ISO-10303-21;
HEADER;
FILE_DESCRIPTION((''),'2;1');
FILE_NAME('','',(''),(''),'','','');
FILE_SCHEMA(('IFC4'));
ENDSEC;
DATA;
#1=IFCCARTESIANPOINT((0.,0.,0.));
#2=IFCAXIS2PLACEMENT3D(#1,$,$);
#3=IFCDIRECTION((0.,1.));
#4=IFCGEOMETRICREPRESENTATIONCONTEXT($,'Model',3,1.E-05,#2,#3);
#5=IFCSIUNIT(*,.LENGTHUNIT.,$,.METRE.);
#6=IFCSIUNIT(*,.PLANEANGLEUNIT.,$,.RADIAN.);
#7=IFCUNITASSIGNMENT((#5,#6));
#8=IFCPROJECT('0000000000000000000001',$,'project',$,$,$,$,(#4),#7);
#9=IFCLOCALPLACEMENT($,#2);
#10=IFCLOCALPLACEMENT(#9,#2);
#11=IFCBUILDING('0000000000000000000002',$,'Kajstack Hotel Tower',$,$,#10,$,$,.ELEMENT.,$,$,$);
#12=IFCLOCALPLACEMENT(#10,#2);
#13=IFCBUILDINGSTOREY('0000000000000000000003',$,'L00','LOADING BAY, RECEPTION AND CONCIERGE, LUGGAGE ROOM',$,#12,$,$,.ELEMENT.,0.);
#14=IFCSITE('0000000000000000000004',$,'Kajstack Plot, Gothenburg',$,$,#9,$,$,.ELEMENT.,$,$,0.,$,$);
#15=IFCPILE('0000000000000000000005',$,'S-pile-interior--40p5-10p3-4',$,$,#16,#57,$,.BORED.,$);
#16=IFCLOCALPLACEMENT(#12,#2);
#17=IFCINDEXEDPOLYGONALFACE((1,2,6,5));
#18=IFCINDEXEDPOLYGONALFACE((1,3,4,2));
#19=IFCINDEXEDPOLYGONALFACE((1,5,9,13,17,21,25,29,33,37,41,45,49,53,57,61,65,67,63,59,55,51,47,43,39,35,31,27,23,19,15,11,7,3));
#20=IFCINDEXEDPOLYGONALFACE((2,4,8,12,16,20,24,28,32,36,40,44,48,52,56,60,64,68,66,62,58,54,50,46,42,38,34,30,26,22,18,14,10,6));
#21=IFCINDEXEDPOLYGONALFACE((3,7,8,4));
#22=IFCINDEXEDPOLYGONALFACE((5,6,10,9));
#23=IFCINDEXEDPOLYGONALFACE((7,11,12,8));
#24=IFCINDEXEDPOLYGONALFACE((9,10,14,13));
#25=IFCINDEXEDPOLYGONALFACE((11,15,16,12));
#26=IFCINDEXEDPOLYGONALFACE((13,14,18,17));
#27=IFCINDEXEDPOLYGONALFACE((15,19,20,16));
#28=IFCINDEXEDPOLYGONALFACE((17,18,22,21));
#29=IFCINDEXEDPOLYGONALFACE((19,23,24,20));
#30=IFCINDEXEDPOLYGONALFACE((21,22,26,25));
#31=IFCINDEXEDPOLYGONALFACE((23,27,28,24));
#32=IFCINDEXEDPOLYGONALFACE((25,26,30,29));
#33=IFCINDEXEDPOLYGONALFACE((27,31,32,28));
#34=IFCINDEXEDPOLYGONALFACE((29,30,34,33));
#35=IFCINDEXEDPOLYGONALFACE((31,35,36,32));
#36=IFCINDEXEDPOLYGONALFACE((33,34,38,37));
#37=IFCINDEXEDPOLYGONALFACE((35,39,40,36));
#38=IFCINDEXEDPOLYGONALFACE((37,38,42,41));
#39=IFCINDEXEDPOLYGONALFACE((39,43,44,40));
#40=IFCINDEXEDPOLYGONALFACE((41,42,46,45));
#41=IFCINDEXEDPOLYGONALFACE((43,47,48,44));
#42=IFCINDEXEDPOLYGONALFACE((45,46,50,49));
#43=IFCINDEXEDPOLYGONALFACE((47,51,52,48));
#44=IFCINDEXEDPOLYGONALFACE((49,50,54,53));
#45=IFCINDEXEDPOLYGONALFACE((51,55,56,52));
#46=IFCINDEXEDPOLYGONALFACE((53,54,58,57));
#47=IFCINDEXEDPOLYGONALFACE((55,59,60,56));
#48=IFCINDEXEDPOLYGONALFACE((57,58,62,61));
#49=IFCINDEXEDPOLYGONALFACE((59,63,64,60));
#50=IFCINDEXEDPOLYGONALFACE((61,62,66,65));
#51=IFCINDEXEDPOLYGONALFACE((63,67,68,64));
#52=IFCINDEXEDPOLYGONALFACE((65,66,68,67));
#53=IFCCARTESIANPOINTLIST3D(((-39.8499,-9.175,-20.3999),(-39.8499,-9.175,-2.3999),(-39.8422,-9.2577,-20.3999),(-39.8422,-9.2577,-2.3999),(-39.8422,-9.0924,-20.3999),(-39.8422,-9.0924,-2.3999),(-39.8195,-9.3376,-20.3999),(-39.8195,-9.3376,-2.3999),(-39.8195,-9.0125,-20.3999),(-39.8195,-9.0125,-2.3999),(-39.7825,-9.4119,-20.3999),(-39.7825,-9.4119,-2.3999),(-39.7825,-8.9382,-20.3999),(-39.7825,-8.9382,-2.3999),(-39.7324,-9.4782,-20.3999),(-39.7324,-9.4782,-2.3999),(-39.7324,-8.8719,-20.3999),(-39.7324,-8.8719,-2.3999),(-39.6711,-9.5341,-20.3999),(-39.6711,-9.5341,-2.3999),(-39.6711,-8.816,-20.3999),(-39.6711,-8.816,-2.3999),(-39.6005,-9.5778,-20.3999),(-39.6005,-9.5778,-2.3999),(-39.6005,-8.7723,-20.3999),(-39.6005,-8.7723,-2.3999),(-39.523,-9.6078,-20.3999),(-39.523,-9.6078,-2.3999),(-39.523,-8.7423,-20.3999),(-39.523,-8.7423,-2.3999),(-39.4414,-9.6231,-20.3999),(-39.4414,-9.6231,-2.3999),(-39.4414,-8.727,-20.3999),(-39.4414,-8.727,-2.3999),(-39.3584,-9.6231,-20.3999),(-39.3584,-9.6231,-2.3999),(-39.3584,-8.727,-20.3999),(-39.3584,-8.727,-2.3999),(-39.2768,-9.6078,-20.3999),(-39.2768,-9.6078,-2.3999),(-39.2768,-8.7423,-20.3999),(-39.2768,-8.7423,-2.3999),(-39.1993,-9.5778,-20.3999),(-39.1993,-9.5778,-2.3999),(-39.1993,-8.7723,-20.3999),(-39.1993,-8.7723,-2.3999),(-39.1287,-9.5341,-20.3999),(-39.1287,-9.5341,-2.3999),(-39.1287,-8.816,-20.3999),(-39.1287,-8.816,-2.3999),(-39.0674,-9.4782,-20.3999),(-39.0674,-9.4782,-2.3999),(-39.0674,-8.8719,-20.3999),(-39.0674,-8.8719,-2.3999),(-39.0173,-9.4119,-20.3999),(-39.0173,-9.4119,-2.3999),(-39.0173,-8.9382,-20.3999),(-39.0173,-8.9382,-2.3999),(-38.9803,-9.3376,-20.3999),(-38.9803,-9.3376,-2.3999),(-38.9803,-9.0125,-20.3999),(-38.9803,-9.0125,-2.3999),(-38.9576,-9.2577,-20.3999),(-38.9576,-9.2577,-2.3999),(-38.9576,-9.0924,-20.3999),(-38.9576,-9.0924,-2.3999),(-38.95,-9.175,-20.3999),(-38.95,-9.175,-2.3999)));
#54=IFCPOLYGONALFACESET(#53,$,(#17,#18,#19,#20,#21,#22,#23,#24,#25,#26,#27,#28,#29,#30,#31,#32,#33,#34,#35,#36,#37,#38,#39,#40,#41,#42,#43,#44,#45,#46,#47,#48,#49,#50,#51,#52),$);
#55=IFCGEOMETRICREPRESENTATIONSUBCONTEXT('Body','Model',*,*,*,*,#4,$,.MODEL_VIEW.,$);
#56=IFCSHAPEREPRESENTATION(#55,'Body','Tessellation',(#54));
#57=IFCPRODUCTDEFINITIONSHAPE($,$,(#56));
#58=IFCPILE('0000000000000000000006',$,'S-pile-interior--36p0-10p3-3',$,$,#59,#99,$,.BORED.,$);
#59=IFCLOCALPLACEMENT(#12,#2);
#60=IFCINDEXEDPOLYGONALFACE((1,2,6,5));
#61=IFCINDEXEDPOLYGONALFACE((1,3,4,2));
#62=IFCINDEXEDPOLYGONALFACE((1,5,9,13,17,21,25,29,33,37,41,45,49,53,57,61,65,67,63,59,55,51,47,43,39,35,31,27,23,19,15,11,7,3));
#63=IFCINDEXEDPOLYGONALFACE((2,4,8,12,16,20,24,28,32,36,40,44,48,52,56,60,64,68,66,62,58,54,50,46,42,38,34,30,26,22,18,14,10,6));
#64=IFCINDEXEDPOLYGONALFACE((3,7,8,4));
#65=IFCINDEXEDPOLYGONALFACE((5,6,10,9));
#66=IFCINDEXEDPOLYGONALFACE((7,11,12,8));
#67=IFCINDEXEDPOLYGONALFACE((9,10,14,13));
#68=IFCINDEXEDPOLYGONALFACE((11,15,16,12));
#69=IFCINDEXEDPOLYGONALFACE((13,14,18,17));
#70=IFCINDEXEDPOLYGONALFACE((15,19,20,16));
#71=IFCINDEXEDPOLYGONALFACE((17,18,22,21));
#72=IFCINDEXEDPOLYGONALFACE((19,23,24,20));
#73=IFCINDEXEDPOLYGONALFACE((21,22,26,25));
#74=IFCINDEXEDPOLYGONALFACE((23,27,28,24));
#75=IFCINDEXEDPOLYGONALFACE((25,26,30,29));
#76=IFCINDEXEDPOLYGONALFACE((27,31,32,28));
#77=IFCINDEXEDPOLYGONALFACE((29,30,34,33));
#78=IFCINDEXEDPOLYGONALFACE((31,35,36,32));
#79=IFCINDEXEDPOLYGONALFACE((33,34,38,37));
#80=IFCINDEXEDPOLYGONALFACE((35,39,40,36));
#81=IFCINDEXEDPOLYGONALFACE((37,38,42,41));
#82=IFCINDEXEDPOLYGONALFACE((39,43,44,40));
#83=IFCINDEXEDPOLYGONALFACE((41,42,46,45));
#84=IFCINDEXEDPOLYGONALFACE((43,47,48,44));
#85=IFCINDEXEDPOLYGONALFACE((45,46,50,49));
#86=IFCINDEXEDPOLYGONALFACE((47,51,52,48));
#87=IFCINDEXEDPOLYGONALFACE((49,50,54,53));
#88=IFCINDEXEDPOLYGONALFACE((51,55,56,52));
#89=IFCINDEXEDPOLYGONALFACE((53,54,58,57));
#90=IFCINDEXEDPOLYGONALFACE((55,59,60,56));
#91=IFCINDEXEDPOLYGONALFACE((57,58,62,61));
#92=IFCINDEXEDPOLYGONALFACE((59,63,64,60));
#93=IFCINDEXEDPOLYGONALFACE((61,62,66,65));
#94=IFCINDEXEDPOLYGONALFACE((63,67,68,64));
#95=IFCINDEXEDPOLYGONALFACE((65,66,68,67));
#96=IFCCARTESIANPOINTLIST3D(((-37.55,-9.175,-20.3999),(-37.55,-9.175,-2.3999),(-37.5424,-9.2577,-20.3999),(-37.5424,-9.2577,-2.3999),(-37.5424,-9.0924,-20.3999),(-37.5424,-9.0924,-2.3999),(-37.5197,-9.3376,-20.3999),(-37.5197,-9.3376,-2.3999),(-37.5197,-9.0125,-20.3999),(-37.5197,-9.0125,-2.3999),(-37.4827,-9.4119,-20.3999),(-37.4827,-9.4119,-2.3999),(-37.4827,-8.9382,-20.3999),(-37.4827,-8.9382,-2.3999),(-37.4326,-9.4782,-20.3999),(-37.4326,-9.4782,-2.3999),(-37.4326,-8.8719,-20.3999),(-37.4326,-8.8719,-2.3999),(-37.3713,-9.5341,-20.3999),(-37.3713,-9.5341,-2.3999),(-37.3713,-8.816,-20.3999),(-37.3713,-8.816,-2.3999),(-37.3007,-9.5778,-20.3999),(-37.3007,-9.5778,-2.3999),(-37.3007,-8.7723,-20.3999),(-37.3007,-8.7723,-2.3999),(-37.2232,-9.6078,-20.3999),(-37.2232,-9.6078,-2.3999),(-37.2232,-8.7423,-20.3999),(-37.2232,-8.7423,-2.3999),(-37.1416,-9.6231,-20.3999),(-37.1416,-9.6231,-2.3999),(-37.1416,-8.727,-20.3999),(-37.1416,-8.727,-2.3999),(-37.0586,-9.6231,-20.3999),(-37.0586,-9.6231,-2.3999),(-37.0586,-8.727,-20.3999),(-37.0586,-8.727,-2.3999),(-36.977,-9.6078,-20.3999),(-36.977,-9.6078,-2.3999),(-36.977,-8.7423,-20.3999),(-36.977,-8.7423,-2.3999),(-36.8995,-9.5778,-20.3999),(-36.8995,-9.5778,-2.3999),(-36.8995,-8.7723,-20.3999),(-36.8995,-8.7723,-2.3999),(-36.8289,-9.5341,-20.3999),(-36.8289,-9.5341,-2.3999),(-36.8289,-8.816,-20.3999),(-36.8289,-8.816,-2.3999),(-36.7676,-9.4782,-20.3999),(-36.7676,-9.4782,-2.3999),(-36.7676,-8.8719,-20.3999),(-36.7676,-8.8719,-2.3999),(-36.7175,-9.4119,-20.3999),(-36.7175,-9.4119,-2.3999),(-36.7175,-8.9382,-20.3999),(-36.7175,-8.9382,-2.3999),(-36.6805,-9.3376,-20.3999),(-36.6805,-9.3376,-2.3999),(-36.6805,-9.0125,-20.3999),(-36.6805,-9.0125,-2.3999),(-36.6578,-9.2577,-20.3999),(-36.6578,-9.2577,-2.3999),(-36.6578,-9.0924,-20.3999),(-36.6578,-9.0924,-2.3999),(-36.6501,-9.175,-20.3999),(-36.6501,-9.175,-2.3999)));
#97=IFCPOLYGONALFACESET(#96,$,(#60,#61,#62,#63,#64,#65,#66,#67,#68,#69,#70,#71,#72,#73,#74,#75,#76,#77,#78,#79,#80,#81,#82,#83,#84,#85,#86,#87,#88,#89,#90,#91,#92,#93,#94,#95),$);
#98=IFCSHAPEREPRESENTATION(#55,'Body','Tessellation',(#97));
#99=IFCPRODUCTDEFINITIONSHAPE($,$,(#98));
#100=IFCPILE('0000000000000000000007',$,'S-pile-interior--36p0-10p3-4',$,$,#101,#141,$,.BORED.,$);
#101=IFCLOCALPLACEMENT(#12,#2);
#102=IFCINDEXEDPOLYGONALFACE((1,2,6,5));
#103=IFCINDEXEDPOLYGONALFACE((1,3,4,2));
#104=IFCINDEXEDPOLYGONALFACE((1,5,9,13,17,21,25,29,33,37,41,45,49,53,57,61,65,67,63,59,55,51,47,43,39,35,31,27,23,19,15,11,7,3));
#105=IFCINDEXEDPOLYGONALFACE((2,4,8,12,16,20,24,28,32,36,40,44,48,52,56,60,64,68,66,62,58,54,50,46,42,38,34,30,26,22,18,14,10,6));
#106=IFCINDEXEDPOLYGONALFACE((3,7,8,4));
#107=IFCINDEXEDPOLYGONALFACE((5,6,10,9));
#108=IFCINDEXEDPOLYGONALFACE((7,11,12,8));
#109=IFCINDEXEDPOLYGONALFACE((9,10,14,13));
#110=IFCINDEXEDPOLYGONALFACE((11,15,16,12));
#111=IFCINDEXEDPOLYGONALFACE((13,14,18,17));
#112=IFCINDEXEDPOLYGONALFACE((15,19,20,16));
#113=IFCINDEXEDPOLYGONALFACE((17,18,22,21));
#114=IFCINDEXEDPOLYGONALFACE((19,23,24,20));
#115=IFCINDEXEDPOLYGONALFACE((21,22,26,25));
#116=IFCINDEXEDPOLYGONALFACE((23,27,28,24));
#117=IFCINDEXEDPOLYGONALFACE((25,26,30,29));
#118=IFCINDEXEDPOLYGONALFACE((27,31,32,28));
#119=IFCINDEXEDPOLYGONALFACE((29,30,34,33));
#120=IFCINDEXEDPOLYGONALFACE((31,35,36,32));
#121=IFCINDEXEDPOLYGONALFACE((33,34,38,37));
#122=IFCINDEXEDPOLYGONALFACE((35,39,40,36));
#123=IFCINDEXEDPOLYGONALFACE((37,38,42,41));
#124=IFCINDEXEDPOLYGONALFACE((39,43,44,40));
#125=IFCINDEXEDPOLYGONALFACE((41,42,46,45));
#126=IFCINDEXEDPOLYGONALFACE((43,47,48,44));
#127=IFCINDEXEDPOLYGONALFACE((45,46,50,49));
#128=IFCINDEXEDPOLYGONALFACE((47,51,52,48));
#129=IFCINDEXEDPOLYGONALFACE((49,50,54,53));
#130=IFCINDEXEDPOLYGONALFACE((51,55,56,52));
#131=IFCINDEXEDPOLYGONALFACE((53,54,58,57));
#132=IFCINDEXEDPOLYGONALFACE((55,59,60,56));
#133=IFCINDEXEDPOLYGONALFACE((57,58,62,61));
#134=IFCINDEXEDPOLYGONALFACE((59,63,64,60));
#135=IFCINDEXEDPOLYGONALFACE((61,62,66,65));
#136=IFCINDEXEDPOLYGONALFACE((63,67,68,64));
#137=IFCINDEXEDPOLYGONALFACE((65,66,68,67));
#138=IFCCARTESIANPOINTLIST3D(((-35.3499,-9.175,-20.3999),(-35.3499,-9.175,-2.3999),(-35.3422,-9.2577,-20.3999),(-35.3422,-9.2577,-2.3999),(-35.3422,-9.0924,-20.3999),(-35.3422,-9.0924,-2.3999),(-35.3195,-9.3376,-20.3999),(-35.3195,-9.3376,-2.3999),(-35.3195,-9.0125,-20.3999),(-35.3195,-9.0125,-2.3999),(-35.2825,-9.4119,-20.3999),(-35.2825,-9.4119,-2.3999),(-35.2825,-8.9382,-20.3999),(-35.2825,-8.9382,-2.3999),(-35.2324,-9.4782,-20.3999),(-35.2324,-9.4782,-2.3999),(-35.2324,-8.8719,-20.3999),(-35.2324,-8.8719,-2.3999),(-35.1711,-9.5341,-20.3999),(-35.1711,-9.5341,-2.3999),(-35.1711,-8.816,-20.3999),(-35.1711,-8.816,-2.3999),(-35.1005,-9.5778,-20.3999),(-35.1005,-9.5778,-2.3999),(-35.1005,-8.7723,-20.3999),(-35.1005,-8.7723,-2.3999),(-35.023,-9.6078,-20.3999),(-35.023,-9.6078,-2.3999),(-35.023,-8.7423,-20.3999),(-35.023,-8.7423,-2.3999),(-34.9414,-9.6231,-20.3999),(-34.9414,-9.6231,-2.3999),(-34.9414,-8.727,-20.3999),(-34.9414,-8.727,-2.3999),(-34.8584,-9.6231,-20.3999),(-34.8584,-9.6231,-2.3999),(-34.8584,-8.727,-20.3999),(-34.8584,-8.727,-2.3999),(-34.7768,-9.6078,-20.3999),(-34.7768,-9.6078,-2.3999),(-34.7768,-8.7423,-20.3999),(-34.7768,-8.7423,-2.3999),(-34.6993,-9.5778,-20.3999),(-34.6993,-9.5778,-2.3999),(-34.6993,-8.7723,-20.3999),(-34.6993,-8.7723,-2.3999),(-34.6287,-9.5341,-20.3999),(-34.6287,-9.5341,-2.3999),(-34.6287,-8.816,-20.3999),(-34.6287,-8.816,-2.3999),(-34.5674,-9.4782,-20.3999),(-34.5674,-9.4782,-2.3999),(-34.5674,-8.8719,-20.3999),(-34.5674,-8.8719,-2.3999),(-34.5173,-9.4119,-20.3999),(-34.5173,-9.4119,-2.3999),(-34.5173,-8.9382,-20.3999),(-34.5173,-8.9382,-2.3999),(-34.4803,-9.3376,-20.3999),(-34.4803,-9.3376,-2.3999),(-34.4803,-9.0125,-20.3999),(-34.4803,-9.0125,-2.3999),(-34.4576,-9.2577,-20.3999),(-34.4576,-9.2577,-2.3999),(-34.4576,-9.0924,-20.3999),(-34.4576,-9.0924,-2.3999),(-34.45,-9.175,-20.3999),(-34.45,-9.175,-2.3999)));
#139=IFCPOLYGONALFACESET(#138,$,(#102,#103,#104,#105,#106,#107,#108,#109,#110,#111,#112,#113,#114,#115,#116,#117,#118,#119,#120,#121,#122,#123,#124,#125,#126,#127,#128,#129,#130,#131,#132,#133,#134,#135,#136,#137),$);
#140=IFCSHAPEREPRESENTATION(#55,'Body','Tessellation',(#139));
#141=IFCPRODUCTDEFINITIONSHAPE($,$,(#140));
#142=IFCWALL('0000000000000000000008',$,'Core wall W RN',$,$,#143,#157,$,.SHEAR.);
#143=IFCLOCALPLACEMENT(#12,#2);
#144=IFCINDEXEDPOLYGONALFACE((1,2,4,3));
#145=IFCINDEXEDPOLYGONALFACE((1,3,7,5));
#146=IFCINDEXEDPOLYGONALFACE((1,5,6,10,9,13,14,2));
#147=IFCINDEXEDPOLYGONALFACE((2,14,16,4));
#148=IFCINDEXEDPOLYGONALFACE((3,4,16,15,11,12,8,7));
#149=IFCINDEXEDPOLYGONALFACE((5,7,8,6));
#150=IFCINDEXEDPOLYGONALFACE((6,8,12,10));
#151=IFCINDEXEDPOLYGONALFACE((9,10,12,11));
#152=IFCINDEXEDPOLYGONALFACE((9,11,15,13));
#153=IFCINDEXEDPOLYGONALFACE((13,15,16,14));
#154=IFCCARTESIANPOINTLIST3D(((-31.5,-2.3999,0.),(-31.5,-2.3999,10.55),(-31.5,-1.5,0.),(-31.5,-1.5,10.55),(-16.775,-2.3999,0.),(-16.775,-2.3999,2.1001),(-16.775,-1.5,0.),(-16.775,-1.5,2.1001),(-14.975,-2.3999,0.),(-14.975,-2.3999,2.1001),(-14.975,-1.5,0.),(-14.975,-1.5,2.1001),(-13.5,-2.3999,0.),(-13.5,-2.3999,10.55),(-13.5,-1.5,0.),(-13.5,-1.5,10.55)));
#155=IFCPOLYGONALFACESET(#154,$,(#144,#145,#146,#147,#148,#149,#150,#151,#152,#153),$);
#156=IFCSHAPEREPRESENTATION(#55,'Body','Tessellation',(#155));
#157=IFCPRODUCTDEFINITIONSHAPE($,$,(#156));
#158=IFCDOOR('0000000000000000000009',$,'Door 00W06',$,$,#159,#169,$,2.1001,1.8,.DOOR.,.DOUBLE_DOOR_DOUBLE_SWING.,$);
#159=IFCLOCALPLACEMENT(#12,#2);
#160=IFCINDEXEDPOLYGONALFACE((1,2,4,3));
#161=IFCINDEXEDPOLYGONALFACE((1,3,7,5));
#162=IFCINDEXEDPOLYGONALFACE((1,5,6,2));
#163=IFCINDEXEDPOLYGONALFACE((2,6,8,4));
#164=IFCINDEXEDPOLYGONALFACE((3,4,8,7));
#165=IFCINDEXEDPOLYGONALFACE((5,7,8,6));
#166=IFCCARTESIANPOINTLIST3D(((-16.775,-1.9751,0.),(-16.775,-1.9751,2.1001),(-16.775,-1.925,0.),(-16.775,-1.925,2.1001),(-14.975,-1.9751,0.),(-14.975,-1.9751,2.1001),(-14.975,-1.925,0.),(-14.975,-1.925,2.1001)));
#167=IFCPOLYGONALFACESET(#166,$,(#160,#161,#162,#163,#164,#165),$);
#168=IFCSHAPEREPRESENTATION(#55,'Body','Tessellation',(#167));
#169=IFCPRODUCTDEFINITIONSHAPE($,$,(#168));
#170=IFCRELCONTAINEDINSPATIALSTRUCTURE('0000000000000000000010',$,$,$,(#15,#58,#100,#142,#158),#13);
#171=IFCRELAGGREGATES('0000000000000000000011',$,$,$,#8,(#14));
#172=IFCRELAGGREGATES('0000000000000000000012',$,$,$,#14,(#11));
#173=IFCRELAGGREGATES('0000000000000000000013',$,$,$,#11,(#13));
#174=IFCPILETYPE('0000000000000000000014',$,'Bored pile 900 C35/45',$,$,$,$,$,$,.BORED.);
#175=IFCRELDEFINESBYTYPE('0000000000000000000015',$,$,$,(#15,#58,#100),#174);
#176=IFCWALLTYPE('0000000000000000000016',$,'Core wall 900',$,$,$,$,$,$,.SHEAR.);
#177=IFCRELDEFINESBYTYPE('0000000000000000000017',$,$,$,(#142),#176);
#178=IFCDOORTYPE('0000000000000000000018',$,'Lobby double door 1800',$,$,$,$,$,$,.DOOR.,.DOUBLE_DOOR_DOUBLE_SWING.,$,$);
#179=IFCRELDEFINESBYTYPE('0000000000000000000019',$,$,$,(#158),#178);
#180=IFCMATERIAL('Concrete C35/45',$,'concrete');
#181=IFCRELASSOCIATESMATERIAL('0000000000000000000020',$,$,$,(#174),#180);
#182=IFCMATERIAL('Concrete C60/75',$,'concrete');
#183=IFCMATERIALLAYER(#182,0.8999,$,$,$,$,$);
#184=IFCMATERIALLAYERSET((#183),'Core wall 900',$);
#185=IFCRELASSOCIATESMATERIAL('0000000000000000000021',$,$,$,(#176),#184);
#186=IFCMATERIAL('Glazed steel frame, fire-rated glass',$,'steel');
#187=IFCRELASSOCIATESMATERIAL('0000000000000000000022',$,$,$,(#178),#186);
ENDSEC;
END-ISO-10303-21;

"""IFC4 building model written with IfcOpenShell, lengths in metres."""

from ifc_helpers import new_model, si_unit, direction, frame, frame_2d, origin, origin_2d, place, context, subcontext, project, spatial, rectangle, circle, extrude, material, layer, layer_set, material_profile, profile_set, type_object, element, fill, save


model = new_model("IFC4")

# Units and contexts
model_context = context("Model", 3, precision=1e-05, world=origin(), true_north=direction((0.0, 1.0)))
body_context = subcontext(model_context, "Body", "Model", "MODEL_VIEW")
ifc_project = project(units=[si_unit("LENGTHUNIT", "METRE"), si_unit("PLANEANGLEUNIT", "RADIAN")], contexts=[model_context])

# Site, building, storey
site_placement = place(None, origin())
site = spatial("IfcSite", under=ifc_project, at=site_placement, Name="Kajstack Plot, Gothenburg", CompositionType="ELEMENT", RefElevation=0.0)
building_placement = place(site_placement, origin())
building = spatial("IfcBuilding", under=site, at=building_placement, Name="Kajstack Hotel Tower", CompositionType="ELEMENT")
storey_placement = place(building_placement, origin())
storey = spatial("IfcBuildingStorey", under=building, at=storey_placement, Name="L00", Description="LOADING BAY, RECEPTION AND CONCIERGE, LUGGAGE ROOM", CompositionType="ELEMENT", Elevation=0.0)

# Piles
ifc_material_1 = material(Name="Concrete C35/45", Category="concrete")
ifc_material_profile_1 = material_profile(ifc_material_1, circle(Radius=0.45, at=origin_2d()), Name="RC round 900")
ifc_profile_set_1 = profile_set([ifc_material_profile_1], Name="Concrete C35/45")
pile_type_1 = type_object("IfcPileType", Name="Bored pile 900 C35/45", PredefinedType="BORED", material=ifc_profile_set_1)
for number, where, z_axis, x_axis, name in (
    (1, (-39.3999, -9.175, -2.3999), (0.0, 0.0, -1.0), (1.0, 0.0, 0.0), "S-pile-interior--40p5-10p3-4"),
    (2, (-37.1001, -9.175, -2.3999), (0.0, 0.0, -1.0), (1.0, 0.0, 0.0), "S-pile-interior--36p0-10p3-3"),
    (3, (-34.8999, -9.175, -2.3999), (0.0, 0.0, -1.0), (1.0, 0.0, 0.0), "S-pile-interior--36p0-10p3-4"),
):
    element("IfcPile", number, at=place(storey_placement, frame(where, z_axis=z_axis, x_axis=x_axis)), inside=storey, type_object=pile_type_1, Name=name, PredefinedType="BORED", context=body_context, shape_type="SweptSolid", body=[
        extrude(circle(Radius=0.45, at=origin_2d()), origin(), (0.0, 0.0, 1.0), 18.0),
    ])

# Wall, opening, door
ifc_material_2 = material(Name="Concrete C60/75", Category="concrete")
ifc_layer_1 = layer(ifc_material_2, 0.8999)
ifc_layer_set_1 = layer_set([ifc_layer_1], Name="Core wall 900")
wall_type_1 = type_object("IfcWallType", Name="Core wall 900", PredefinedType="SHEAR", material=ifc_layer_set_1)
wall_1_placement = place(storey_placement, frame((-31.5, -1.95, 0.0), z_axis=(0.0, 0.0, 1.0), x_axis=(1.0, 0.0, 0.0)))
wall_1 = element("IfcWall", 4, at=wall_1_placement, inside=storey, type_object=wall_type_1, Name="Core wall W RN", PredefinedType="SHEAR", context=body_context, shape_type="SweptSolid", body=[
    extrude(rectangle(XDim=18.0, YDim=0.8999, at=frame_2d((9.0, 0.0))), origin(), (0.0, 0.0, 1.0), 10.55),
])
opening_1_placement = place(wall_1_placement, frame((14.7251, 0.0, 0.0)))
opening_1 = element("IfcOpeningElement", 5, at=opening_1_placement, cuts=wall_1, PredefinedType="OPENING", context=body_context, shape_type="SweptSolid", body=[
    extrude(rectangle(XDim=1.8, YDim=2.1001, at=frame_2d((0.8999, 1.05))), frame((0.0, 0.46, 0.0), z_axis=(0.0, -1.0, 0.0), x_axis=(1.0, 0.0, 0.0)), (0.0, 0.0, 1.0), 0.9199),
])
ifc_material_3 = material(Name="Glazed steel frame, fire-rated glass", Category="steel")
door_type_1 = type_object("IfcDoorType", Name="Lobby double door 1800", OperationType="DOUBLE_DOOR_DOUBLE_SWING", PredefinedType="DOOR", material=ifc_material_3)
door_1_placement = place(opening_1_placement, origin())
door_1 = element("IfcDoor", 6, at=door_1_placement, inside=storey, type_object=door_type_1, Name="Door 00W06", OperationType="DOUBLE_DOOR_DOUBLE_SWING", OverallHeight=2.1001, OverallWidth=1.8, PredefinedType="DOOR", context=body_context, shape_type="SweptSolid", body=[
    extrude(rectangle(XDim=1.8, YDim=2.1001, at=frame_2d((0.8999, 1.05))), frame((0.0, 0.0249, 0.0), z_axis=(0.0, -1.0, 0.0), x_axis=(1.0, 0.0, 0.0)), (0.0, 0.0, 1.0), 0.05),
])
fill(opening_1, door_1)

save(model, "model.ifc")
